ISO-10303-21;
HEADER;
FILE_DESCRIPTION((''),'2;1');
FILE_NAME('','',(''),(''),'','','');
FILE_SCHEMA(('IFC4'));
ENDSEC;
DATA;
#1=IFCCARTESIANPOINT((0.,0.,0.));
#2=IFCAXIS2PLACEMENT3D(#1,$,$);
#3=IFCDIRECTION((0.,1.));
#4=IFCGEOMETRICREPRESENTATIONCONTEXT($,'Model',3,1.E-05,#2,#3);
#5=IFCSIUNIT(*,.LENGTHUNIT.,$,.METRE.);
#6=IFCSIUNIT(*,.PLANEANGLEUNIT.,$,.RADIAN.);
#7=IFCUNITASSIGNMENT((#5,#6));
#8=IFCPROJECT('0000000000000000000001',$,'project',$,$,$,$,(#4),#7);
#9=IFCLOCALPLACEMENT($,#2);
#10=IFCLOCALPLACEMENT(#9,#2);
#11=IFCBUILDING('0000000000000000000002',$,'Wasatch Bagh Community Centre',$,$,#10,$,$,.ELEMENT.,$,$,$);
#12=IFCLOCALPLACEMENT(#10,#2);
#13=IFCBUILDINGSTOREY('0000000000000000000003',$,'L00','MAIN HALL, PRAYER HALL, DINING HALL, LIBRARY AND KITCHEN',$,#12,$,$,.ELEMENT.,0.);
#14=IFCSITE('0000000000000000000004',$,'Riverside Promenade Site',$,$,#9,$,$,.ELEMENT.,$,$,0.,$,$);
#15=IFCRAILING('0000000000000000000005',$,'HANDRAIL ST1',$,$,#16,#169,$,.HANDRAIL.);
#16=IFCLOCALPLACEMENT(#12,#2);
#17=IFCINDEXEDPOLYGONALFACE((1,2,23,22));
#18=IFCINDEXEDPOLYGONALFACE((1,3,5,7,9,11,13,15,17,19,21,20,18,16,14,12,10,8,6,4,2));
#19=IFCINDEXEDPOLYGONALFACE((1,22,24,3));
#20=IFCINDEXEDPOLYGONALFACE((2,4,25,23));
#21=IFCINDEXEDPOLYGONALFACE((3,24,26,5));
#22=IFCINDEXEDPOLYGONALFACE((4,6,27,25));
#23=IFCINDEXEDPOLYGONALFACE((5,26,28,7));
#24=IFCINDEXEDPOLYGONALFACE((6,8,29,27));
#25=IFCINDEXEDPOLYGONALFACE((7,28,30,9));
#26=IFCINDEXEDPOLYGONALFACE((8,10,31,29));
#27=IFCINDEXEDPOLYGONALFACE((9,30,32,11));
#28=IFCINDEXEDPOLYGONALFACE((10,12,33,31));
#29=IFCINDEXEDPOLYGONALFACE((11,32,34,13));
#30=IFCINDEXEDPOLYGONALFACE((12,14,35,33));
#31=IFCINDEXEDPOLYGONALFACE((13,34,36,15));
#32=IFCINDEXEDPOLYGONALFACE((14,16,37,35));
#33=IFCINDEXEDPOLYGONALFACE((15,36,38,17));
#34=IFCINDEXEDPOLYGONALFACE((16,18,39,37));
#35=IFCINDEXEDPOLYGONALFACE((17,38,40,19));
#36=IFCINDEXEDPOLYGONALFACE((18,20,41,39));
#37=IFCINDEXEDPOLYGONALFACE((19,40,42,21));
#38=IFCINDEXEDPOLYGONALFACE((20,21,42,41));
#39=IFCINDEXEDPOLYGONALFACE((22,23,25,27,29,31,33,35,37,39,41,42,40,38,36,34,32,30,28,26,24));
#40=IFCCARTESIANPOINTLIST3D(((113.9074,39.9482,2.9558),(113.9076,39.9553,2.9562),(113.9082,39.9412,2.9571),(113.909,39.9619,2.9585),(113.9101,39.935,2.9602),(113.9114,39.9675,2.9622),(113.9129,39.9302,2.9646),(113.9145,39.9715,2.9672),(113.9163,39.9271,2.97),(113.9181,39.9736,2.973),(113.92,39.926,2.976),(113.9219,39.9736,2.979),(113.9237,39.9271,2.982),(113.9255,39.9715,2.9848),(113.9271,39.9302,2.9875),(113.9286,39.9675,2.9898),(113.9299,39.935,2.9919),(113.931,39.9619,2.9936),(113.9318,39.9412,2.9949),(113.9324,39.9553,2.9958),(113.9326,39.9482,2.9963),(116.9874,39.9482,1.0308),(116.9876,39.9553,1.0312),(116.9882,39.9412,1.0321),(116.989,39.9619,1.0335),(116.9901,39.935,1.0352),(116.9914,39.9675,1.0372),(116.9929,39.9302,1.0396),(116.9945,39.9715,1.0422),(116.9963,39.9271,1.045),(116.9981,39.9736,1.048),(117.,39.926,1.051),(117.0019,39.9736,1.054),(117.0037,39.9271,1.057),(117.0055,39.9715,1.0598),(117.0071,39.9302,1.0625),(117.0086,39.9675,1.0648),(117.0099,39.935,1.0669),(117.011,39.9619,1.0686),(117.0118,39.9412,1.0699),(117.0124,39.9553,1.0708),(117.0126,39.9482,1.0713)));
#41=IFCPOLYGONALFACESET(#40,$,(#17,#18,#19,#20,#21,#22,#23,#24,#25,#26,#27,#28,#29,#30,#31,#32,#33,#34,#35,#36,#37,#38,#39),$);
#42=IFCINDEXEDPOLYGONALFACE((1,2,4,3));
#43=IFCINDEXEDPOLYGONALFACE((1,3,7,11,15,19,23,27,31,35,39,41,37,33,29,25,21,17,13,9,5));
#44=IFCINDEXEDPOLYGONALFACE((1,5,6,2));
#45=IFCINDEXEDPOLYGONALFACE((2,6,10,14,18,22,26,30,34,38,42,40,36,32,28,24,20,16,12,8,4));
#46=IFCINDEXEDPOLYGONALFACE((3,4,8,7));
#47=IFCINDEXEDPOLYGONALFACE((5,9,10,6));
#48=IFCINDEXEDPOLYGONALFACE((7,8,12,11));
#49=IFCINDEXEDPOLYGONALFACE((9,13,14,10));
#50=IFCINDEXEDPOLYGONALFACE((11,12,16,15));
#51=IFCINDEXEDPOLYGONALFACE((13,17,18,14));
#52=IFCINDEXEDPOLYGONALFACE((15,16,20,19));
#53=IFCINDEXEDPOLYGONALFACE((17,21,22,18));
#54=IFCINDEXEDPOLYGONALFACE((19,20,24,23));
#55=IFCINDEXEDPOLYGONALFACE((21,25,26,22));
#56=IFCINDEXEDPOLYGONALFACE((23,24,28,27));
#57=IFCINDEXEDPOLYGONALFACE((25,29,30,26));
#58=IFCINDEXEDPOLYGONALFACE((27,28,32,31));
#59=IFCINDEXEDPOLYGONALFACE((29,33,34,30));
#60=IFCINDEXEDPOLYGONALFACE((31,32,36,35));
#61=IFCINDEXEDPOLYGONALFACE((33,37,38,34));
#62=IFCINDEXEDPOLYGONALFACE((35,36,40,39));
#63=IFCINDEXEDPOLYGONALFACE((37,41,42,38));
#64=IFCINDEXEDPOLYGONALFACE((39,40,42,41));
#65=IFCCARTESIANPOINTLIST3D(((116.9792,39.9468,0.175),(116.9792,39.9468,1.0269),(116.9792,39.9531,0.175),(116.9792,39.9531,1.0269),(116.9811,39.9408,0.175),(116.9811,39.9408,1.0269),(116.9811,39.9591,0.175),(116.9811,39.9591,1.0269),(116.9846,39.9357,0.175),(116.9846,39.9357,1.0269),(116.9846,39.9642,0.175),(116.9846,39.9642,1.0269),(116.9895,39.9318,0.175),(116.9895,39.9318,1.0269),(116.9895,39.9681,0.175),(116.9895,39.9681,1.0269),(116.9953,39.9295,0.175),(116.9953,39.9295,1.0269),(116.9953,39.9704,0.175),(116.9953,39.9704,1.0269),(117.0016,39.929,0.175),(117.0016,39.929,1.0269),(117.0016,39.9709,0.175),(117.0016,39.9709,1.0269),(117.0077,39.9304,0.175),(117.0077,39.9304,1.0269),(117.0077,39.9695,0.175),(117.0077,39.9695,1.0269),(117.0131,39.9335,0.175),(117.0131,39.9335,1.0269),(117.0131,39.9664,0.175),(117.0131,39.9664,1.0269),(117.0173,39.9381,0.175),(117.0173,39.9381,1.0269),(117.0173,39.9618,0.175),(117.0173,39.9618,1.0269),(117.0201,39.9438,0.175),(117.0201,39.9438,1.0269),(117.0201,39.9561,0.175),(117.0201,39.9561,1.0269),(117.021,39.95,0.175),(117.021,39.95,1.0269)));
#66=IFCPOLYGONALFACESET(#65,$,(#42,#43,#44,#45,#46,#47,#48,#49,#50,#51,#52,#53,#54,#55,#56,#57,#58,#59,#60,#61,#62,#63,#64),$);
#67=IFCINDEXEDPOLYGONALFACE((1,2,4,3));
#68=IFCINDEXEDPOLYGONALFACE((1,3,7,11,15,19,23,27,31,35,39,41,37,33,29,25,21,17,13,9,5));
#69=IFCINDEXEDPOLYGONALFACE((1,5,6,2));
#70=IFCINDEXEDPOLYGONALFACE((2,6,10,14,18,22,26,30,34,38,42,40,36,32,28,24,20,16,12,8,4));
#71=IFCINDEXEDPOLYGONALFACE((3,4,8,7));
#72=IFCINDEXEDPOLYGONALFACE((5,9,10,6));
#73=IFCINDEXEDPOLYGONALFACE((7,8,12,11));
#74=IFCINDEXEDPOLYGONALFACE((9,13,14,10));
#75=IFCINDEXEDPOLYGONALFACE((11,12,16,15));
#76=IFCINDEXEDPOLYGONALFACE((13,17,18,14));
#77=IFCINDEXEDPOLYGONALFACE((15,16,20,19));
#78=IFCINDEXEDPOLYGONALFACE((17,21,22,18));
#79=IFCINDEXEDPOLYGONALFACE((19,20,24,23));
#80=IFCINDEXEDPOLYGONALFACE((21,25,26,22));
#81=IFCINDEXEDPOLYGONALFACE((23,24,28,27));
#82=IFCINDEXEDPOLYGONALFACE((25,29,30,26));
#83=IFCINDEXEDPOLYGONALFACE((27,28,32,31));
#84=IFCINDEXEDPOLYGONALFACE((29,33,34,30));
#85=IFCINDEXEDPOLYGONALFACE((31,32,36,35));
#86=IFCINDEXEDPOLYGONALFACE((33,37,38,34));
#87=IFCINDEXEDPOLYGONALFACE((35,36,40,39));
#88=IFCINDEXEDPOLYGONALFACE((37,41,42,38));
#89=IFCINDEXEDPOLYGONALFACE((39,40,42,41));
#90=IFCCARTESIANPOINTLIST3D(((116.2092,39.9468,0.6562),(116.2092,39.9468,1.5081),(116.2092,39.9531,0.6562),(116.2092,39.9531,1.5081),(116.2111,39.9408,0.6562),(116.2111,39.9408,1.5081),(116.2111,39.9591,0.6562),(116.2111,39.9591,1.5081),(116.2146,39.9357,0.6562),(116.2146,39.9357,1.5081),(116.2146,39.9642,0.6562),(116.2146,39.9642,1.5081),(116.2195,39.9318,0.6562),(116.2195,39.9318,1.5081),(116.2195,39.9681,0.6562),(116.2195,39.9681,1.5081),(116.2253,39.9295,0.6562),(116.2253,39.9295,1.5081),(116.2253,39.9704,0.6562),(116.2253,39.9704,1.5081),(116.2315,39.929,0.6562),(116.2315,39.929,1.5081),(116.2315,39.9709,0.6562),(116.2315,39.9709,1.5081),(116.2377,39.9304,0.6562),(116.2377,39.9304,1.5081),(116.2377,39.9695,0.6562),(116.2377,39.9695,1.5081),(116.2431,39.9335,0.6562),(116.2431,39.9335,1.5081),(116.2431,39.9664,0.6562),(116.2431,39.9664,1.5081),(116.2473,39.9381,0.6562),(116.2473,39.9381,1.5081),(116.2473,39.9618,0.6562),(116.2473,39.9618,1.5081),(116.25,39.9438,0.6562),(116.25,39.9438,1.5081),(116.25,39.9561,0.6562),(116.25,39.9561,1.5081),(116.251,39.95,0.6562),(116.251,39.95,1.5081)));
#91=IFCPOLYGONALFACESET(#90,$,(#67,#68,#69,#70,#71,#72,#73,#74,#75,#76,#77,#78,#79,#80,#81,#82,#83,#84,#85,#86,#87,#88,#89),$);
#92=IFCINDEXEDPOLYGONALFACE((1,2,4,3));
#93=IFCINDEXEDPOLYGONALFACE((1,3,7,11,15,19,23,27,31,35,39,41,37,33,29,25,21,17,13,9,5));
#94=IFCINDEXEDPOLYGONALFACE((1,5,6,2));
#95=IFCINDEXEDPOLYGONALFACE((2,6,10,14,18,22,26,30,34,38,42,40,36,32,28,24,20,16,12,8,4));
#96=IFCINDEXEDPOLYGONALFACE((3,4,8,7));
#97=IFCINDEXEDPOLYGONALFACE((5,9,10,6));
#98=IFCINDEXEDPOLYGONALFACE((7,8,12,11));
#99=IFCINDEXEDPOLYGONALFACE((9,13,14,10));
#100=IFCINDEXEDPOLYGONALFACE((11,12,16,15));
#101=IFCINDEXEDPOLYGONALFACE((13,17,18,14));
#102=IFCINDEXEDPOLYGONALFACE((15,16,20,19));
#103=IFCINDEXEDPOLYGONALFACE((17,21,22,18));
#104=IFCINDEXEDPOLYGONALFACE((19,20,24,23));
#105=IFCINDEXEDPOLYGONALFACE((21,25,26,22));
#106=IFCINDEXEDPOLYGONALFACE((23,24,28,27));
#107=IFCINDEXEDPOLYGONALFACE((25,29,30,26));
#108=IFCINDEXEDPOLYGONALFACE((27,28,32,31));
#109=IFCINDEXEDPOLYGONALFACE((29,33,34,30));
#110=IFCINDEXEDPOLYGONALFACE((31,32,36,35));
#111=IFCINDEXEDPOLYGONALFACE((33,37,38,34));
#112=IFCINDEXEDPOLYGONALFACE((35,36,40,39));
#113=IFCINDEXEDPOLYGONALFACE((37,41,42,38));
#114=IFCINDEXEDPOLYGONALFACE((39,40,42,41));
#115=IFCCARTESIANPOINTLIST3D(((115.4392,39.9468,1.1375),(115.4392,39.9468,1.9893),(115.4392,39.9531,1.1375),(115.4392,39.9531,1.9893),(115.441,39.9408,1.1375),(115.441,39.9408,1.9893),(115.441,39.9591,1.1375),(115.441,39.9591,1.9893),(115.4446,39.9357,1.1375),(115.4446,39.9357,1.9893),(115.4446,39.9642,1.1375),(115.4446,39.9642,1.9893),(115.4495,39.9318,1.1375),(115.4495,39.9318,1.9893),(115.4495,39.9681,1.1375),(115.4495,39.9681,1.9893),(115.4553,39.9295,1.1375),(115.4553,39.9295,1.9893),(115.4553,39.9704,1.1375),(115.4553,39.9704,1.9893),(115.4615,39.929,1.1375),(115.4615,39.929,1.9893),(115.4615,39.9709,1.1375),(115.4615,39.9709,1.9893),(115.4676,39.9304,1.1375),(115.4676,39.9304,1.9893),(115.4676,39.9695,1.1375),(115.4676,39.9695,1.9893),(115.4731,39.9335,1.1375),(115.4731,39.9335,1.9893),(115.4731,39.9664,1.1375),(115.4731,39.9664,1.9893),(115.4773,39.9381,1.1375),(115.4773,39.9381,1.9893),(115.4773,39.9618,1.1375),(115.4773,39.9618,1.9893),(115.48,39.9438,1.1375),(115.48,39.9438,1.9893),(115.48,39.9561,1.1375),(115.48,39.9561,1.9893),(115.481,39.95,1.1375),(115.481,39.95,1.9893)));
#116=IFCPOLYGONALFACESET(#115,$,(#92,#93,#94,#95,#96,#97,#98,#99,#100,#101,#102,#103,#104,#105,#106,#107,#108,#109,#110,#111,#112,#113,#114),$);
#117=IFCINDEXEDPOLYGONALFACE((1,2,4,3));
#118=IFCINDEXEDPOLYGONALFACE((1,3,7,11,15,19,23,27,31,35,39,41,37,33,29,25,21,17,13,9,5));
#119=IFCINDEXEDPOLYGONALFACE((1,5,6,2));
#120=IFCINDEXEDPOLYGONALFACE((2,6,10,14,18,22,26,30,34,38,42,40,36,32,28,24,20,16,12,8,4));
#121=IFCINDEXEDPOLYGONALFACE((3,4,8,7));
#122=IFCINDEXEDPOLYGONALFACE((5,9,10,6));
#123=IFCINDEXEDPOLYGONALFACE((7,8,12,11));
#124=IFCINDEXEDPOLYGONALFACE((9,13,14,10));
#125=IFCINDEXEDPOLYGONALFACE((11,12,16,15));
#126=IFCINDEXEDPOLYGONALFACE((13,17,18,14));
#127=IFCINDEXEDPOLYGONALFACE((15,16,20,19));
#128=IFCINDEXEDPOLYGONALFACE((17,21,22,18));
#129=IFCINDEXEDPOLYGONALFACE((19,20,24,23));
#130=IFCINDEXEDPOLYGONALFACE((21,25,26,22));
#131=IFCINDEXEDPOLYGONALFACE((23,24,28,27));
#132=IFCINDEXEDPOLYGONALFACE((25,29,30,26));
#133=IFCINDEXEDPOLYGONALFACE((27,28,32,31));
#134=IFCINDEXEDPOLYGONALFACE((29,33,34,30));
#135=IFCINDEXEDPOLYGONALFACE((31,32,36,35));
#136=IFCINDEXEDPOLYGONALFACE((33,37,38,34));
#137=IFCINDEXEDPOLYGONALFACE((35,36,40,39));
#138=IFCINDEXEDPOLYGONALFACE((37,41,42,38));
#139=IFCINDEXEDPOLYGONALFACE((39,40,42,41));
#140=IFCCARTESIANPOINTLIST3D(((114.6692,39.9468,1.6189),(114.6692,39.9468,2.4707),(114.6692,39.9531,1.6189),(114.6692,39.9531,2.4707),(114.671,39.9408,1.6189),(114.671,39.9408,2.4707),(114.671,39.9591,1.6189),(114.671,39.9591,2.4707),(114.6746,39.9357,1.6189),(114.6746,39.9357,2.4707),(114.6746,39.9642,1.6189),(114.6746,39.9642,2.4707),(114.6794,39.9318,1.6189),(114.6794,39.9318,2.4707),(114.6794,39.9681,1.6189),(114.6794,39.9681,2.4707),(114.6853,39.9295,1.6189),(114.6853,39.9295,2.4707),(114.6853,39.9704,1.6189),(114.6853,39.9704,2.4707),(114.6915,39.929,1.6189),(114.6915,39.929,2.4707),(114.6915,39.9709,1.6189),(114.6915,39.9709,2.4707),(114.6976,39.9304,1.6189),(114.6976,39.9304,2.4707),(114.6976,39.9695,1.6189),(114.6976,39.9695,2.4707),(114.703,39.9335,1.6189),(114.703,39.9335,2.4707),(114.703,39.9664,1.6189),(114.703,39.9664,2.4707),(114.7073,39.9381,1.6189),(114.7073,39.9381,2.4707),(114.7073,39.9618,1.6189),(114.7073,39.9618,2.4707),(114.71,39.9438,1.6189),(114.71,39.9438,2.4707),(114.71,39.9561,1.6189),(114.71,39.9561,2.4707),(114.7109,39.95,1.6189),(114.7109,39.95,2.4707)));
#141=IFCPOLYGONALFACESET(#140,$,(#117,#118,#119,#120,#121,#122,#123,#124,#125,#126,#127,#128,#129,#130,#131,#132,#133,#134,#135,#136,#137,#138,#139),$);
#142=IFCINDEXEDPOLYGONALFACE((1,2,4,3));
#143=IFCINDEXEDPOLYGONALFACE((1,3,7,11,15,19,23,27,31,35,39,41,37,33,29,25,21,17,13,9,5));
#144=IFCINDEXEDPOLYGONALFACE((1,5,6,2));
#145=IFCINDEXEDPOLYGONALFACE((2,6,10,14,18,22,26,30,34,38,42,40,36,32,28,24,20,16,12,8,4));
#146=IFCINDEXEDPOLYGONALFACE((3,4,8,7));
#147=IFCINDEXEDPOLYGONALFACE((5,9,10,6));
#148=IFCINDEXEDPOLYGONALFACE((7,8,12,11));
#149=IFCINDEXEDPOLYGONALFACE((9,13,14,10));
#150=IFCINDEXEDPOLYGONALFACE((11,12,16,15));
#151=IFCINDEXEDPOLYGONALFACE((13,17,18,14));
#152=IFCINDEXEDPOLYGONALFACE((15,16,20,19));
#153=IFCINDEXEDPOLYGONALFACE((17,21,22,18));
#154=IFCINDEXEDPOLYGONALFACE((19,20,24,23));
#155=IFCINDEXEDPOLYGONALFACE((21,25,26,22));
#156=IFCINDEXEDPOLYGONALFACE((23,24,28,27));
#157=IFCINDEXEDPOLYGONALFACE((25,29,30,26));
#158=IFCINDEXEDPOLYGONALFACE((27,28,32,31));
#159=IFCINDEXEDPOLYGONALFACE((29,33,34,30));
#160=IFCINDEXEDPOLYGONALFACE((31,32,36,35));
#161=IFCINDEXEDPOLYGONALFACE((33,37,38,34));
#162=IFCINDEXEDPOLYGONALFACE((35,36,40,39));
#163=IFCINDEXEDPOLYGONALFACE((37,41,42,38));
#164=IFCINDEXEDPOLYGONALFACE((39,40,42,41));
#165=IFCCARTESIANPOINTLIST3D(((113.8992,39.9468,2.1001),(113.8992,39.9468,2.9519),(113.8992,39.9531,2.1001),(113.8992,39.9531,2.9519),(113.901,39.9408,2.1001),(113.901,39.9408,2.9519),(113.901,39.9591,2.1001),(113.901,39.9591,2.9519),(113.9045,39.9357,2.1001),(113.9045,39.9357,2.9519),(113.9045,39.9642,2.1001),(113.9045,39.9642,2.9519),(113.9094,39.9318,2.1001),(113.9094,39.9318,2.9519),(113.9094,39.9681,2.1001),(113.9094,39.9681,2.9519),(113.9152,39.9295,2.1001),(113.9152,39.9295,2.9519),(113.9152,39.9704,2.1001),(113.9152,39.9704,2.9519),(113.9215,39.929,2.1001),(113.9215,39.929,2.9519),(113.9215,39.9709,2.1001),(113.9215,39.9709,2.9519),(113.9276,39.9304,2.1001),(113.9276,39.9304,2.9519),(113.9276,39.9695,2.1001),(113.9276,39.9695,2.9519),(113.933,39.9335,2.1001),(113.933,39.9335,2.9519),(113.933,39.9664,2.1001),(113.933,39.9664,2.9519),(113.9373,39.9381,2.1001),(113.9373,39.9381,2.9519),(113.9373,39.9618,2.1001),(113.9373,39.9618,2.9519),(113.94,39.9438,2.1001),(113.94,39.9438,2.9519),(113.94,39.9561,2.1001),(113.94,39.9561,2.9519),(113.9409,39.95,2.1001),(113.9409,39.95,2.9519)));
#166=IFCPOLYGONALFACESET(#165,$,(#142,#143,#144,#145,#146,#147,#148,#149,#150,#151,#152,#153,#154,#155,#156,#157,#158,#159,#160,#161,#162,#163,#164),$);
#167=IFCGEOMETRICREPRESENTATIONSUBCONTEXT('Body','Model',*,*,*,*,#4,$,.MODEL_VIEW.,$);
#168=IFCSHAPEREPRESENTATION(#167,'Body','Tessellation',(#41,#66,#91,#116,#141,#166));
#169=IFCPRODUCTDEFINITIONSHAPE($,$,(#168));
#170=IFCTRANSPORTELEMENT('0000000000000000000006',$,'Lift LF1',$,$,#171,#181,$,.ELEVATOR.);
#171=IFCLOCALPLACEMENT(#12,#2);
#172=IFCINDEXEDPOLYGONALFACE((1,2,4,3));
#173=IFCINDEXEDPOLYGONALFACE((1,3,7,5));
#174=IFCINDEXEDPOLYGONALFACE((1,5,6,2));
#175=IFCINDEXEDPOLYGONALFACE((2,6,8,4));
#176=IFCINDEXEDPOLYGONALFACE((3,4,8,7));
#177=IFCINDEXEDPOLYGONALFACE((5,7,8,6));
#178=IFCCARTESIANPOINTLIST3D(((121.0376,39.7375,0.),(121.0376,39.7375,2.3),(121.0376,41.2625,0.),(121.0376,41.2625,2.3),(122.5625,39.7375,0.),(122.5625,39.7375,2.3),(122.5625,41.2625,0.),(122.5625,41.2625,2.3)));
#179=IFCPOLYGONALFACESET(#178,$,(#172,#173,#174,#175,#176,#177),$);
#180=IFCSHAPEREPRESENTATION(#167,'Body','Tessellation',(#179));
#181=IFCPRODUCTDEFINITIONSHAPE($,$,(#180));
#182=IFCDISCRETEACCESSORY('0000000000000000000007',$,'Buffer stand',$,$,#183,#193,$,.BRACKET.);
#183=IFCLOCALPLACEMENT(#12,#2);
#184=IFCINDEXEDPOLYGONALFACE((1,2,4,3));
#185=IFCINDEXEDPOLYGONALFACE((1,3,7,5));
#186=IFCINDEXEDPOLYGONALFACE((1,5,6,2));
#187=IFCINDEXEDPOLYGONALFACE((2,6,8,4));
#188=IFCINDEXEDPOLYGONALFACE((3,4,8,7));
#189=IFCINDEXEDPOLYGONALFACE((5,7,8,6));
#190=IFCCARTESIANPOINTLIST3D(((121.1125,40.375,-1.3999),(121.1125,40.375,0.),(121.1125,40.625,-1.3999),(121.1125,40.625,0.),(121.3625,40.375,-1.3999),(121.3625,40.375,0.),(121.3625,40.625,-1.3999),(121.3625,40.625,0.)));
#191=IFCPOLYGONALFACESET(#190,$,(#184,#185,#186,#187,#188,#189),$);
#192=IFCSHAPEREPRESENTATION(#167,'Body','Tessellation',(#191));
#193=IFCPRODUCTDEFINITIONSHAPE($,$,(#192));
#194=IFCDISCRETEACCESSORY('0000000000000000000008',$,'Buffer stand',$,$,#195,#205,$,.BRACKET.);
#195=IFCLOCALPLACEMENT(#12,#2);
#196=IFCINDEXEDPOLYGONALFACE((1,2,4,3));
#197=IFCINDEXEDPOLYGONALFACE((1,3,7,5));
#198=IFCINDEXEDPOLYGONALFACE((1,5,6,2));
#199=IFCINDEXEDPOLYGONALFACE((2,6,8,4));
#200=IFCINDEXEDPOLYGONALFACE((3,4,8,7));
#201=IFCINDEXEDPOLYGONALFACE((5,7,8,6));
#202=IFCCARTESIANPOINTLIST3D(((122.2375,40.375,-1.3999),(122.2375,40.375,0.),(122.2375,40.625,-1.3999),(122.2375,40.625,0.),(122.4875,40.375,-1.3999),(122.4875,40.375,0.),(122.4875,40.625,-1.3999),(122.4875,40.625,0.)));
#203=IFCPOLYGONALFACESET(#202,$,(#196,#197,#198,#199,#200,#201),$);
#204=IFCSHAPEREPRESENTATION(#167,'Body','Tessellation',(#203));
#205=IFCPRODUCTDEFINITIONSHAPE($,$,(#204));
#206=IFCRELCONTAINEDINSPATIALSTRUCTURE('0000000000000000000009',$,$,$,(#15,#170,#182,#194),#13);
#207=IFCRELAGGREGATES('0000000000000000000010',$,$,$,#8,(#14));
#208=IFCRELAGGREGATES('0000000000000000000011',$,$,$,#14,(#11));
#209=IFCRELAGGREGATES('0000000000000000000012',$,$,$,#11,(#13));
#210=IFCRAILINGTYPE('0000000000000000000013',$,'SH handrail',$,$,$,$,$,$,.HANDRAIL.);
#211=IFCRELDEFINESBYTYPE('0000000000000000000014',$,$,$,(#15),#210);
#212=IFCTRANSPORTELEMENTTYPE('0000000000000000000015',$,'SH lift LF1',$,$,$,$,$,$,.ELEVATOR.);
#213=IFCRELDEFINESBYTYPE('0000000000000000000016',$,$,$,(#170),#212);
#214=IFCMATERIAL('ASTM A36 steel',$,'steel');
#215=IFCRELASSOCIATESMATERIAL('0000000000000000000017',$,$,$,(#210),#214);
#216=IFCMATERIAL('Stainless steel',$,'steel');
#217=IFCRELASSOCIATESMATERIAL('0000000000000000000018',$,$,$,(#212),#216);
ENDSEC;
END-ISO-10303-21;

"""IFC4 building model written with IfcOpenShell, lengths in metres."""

from ifc_helpers import new_model, si_unit, direction, frame, origin, origin_2d, place, context, subcontext, project, spatial, rectangle, circle, extrude, material, type_object, element, save


model = new_model("IFC4")

# Units and contexts
model_context = context("Model", 3, precision=1e-05, world=origin(), true_north=direction((0.0, 1.0)))
body_context = subcontext(model_context, "Body", "Model", "MODEL_VIEW")
ifc_project = project(units=[si_unit("LENGTHUNIT", "METRE"), si_unit("PLANEANGLEUNIT", "RADIAN")], contexts=[model_context])

# Site, building, storey
site_placement = place(None, origin())
site = spatial("IfcSite", under=ifc_project, at=site_placement, Name="Riverside Promenade Site", CompositionType="ELEMENT", RefElevation=0.0)
building_placement = place(site_placement, origin())
building = spatial("IfcBuilding", under=site, at=building_placement, Name="Wasatch Bagh Community Centre", CompositionType="ELEMENT")
storey_placement = place(building_placement, origin())
storey = spatial("IfcBuildingStorey", under=building, at=storey_placement, Name="L00", Description="MAIN HALL, PRAYER HALL, DINING HALL, LIBRARY AND KITCHEN", CompositionType="ELEMENT", Elevation=0.0)

# Shared definitions
ifc_material_1 = material(Name="Stainless steel", Category="steel")

# Railing
ifc_material_2 = material(Name="ASTM A36 steel", Category="steel")
railing_type_1 = type_object("IfcRailingType", Name="SH handrail", PredefinedType="HANDRAIL", material=ifc_material_2)
for number, where, name in (
    (1, (117.0, 39.95, 0.175), "HANDRAIL ST1"),
):
    element("IfcRailing", number, at=place(storey_placement, frame(where)), inside=storey, type_object=railing_type_1, Name=name, PredefinedType="HANDRAIL", context=body_context, shape_type="SweptSolid", body=[
        extrude(circle(Radius=0.0239, at=origin_2d()), frame((0.0, 0.0, 0.876), z_axis=(-0.847998, 0.0, 0.529999), x_axis=(0.0, -1.0, 0.0)), (0.0, 0.0, 1.0), 3.6321),
        extrude(circle(Radius=0.021, at=origin_2d()), origin(), (0.0, 0.0, 1.0), 0.8518),
        extrude(circle(Radius=0.021, at=origin_2d()), frame((-0.77, 0.0, 0.4812)), (0.0, 0.0, 1.0), 0.8518),
        extrude(circle(Radius=0.021, at=origin_2d()), frame((-1.54, 0.0, 0.9624)), (0.0, 0.0, 1.0), 0.8518),
        extrude(circle(Radius=0.021, at=origin_2d()), frame((-2.3101, 0.0, 1.4438)), (0.0, 0.0, 1.0), 0.8518),
        extrude(circle(Radius=0.021, at=origin_2d()), frame((-3.0801, 0.0, 1.925)), (0.0, 0.0, 1.0), 0.8518),
    ])

# Transport element
transport_element_type = type_object("IfcTransportElementType", Name="SH lift LF1", PredefinedType="ELEVATOR", material=ifc_material_1)
transport_element_placement = place(storey_placement, frame((121.8, 40.5, 0.0), z_axis=(0.0, 0.0, 1.0), x_axis=(1.0, 0.0, 0.0)))
element("IfcTransportElement", 2, at=transport_element_placement, inside=storey, type_object=transport_element_type, Name="Lift LF1", PredefinedType="ELEVATOR", context=body_context, shape_type="SweptSolid", body=[
    extrude(rectangle(XDim=1.5249, YDim=1.5249, at=origin_2d()), origin(), (0.0, 0.0, 1.0), 2.3),
])

# Discrete accessories
for number, where, z_axis, x_axis, name in (
    (3, (121.2375, 40.5, -1.3999), (0.0, 0.0, 1.0), (1.0, 0.0, 0.0), "Buffer stand"),
    (4, (122.3625, 40.5, -1.3999), (0.0, 0.0, 1.0), (1.0, 0.0, 0.0), "Buffer stand"),
):
    element("IfcDiscreteAccessory", number, at=place(storey_placement, frame(where, z_axis=z_axis, x_axis=x_axis)), inside=storey, Name=name, PredefinedType="BRACKET", context=body_context, shape_type="SweptSolid", body=[
        extrude(rectangle(XDim=0.25, YDim=0.25, at=origin_2d()), origin(), (0.0, 0.0, 1.0), 1.3999),
    ])

save(model, "model.ifc")
